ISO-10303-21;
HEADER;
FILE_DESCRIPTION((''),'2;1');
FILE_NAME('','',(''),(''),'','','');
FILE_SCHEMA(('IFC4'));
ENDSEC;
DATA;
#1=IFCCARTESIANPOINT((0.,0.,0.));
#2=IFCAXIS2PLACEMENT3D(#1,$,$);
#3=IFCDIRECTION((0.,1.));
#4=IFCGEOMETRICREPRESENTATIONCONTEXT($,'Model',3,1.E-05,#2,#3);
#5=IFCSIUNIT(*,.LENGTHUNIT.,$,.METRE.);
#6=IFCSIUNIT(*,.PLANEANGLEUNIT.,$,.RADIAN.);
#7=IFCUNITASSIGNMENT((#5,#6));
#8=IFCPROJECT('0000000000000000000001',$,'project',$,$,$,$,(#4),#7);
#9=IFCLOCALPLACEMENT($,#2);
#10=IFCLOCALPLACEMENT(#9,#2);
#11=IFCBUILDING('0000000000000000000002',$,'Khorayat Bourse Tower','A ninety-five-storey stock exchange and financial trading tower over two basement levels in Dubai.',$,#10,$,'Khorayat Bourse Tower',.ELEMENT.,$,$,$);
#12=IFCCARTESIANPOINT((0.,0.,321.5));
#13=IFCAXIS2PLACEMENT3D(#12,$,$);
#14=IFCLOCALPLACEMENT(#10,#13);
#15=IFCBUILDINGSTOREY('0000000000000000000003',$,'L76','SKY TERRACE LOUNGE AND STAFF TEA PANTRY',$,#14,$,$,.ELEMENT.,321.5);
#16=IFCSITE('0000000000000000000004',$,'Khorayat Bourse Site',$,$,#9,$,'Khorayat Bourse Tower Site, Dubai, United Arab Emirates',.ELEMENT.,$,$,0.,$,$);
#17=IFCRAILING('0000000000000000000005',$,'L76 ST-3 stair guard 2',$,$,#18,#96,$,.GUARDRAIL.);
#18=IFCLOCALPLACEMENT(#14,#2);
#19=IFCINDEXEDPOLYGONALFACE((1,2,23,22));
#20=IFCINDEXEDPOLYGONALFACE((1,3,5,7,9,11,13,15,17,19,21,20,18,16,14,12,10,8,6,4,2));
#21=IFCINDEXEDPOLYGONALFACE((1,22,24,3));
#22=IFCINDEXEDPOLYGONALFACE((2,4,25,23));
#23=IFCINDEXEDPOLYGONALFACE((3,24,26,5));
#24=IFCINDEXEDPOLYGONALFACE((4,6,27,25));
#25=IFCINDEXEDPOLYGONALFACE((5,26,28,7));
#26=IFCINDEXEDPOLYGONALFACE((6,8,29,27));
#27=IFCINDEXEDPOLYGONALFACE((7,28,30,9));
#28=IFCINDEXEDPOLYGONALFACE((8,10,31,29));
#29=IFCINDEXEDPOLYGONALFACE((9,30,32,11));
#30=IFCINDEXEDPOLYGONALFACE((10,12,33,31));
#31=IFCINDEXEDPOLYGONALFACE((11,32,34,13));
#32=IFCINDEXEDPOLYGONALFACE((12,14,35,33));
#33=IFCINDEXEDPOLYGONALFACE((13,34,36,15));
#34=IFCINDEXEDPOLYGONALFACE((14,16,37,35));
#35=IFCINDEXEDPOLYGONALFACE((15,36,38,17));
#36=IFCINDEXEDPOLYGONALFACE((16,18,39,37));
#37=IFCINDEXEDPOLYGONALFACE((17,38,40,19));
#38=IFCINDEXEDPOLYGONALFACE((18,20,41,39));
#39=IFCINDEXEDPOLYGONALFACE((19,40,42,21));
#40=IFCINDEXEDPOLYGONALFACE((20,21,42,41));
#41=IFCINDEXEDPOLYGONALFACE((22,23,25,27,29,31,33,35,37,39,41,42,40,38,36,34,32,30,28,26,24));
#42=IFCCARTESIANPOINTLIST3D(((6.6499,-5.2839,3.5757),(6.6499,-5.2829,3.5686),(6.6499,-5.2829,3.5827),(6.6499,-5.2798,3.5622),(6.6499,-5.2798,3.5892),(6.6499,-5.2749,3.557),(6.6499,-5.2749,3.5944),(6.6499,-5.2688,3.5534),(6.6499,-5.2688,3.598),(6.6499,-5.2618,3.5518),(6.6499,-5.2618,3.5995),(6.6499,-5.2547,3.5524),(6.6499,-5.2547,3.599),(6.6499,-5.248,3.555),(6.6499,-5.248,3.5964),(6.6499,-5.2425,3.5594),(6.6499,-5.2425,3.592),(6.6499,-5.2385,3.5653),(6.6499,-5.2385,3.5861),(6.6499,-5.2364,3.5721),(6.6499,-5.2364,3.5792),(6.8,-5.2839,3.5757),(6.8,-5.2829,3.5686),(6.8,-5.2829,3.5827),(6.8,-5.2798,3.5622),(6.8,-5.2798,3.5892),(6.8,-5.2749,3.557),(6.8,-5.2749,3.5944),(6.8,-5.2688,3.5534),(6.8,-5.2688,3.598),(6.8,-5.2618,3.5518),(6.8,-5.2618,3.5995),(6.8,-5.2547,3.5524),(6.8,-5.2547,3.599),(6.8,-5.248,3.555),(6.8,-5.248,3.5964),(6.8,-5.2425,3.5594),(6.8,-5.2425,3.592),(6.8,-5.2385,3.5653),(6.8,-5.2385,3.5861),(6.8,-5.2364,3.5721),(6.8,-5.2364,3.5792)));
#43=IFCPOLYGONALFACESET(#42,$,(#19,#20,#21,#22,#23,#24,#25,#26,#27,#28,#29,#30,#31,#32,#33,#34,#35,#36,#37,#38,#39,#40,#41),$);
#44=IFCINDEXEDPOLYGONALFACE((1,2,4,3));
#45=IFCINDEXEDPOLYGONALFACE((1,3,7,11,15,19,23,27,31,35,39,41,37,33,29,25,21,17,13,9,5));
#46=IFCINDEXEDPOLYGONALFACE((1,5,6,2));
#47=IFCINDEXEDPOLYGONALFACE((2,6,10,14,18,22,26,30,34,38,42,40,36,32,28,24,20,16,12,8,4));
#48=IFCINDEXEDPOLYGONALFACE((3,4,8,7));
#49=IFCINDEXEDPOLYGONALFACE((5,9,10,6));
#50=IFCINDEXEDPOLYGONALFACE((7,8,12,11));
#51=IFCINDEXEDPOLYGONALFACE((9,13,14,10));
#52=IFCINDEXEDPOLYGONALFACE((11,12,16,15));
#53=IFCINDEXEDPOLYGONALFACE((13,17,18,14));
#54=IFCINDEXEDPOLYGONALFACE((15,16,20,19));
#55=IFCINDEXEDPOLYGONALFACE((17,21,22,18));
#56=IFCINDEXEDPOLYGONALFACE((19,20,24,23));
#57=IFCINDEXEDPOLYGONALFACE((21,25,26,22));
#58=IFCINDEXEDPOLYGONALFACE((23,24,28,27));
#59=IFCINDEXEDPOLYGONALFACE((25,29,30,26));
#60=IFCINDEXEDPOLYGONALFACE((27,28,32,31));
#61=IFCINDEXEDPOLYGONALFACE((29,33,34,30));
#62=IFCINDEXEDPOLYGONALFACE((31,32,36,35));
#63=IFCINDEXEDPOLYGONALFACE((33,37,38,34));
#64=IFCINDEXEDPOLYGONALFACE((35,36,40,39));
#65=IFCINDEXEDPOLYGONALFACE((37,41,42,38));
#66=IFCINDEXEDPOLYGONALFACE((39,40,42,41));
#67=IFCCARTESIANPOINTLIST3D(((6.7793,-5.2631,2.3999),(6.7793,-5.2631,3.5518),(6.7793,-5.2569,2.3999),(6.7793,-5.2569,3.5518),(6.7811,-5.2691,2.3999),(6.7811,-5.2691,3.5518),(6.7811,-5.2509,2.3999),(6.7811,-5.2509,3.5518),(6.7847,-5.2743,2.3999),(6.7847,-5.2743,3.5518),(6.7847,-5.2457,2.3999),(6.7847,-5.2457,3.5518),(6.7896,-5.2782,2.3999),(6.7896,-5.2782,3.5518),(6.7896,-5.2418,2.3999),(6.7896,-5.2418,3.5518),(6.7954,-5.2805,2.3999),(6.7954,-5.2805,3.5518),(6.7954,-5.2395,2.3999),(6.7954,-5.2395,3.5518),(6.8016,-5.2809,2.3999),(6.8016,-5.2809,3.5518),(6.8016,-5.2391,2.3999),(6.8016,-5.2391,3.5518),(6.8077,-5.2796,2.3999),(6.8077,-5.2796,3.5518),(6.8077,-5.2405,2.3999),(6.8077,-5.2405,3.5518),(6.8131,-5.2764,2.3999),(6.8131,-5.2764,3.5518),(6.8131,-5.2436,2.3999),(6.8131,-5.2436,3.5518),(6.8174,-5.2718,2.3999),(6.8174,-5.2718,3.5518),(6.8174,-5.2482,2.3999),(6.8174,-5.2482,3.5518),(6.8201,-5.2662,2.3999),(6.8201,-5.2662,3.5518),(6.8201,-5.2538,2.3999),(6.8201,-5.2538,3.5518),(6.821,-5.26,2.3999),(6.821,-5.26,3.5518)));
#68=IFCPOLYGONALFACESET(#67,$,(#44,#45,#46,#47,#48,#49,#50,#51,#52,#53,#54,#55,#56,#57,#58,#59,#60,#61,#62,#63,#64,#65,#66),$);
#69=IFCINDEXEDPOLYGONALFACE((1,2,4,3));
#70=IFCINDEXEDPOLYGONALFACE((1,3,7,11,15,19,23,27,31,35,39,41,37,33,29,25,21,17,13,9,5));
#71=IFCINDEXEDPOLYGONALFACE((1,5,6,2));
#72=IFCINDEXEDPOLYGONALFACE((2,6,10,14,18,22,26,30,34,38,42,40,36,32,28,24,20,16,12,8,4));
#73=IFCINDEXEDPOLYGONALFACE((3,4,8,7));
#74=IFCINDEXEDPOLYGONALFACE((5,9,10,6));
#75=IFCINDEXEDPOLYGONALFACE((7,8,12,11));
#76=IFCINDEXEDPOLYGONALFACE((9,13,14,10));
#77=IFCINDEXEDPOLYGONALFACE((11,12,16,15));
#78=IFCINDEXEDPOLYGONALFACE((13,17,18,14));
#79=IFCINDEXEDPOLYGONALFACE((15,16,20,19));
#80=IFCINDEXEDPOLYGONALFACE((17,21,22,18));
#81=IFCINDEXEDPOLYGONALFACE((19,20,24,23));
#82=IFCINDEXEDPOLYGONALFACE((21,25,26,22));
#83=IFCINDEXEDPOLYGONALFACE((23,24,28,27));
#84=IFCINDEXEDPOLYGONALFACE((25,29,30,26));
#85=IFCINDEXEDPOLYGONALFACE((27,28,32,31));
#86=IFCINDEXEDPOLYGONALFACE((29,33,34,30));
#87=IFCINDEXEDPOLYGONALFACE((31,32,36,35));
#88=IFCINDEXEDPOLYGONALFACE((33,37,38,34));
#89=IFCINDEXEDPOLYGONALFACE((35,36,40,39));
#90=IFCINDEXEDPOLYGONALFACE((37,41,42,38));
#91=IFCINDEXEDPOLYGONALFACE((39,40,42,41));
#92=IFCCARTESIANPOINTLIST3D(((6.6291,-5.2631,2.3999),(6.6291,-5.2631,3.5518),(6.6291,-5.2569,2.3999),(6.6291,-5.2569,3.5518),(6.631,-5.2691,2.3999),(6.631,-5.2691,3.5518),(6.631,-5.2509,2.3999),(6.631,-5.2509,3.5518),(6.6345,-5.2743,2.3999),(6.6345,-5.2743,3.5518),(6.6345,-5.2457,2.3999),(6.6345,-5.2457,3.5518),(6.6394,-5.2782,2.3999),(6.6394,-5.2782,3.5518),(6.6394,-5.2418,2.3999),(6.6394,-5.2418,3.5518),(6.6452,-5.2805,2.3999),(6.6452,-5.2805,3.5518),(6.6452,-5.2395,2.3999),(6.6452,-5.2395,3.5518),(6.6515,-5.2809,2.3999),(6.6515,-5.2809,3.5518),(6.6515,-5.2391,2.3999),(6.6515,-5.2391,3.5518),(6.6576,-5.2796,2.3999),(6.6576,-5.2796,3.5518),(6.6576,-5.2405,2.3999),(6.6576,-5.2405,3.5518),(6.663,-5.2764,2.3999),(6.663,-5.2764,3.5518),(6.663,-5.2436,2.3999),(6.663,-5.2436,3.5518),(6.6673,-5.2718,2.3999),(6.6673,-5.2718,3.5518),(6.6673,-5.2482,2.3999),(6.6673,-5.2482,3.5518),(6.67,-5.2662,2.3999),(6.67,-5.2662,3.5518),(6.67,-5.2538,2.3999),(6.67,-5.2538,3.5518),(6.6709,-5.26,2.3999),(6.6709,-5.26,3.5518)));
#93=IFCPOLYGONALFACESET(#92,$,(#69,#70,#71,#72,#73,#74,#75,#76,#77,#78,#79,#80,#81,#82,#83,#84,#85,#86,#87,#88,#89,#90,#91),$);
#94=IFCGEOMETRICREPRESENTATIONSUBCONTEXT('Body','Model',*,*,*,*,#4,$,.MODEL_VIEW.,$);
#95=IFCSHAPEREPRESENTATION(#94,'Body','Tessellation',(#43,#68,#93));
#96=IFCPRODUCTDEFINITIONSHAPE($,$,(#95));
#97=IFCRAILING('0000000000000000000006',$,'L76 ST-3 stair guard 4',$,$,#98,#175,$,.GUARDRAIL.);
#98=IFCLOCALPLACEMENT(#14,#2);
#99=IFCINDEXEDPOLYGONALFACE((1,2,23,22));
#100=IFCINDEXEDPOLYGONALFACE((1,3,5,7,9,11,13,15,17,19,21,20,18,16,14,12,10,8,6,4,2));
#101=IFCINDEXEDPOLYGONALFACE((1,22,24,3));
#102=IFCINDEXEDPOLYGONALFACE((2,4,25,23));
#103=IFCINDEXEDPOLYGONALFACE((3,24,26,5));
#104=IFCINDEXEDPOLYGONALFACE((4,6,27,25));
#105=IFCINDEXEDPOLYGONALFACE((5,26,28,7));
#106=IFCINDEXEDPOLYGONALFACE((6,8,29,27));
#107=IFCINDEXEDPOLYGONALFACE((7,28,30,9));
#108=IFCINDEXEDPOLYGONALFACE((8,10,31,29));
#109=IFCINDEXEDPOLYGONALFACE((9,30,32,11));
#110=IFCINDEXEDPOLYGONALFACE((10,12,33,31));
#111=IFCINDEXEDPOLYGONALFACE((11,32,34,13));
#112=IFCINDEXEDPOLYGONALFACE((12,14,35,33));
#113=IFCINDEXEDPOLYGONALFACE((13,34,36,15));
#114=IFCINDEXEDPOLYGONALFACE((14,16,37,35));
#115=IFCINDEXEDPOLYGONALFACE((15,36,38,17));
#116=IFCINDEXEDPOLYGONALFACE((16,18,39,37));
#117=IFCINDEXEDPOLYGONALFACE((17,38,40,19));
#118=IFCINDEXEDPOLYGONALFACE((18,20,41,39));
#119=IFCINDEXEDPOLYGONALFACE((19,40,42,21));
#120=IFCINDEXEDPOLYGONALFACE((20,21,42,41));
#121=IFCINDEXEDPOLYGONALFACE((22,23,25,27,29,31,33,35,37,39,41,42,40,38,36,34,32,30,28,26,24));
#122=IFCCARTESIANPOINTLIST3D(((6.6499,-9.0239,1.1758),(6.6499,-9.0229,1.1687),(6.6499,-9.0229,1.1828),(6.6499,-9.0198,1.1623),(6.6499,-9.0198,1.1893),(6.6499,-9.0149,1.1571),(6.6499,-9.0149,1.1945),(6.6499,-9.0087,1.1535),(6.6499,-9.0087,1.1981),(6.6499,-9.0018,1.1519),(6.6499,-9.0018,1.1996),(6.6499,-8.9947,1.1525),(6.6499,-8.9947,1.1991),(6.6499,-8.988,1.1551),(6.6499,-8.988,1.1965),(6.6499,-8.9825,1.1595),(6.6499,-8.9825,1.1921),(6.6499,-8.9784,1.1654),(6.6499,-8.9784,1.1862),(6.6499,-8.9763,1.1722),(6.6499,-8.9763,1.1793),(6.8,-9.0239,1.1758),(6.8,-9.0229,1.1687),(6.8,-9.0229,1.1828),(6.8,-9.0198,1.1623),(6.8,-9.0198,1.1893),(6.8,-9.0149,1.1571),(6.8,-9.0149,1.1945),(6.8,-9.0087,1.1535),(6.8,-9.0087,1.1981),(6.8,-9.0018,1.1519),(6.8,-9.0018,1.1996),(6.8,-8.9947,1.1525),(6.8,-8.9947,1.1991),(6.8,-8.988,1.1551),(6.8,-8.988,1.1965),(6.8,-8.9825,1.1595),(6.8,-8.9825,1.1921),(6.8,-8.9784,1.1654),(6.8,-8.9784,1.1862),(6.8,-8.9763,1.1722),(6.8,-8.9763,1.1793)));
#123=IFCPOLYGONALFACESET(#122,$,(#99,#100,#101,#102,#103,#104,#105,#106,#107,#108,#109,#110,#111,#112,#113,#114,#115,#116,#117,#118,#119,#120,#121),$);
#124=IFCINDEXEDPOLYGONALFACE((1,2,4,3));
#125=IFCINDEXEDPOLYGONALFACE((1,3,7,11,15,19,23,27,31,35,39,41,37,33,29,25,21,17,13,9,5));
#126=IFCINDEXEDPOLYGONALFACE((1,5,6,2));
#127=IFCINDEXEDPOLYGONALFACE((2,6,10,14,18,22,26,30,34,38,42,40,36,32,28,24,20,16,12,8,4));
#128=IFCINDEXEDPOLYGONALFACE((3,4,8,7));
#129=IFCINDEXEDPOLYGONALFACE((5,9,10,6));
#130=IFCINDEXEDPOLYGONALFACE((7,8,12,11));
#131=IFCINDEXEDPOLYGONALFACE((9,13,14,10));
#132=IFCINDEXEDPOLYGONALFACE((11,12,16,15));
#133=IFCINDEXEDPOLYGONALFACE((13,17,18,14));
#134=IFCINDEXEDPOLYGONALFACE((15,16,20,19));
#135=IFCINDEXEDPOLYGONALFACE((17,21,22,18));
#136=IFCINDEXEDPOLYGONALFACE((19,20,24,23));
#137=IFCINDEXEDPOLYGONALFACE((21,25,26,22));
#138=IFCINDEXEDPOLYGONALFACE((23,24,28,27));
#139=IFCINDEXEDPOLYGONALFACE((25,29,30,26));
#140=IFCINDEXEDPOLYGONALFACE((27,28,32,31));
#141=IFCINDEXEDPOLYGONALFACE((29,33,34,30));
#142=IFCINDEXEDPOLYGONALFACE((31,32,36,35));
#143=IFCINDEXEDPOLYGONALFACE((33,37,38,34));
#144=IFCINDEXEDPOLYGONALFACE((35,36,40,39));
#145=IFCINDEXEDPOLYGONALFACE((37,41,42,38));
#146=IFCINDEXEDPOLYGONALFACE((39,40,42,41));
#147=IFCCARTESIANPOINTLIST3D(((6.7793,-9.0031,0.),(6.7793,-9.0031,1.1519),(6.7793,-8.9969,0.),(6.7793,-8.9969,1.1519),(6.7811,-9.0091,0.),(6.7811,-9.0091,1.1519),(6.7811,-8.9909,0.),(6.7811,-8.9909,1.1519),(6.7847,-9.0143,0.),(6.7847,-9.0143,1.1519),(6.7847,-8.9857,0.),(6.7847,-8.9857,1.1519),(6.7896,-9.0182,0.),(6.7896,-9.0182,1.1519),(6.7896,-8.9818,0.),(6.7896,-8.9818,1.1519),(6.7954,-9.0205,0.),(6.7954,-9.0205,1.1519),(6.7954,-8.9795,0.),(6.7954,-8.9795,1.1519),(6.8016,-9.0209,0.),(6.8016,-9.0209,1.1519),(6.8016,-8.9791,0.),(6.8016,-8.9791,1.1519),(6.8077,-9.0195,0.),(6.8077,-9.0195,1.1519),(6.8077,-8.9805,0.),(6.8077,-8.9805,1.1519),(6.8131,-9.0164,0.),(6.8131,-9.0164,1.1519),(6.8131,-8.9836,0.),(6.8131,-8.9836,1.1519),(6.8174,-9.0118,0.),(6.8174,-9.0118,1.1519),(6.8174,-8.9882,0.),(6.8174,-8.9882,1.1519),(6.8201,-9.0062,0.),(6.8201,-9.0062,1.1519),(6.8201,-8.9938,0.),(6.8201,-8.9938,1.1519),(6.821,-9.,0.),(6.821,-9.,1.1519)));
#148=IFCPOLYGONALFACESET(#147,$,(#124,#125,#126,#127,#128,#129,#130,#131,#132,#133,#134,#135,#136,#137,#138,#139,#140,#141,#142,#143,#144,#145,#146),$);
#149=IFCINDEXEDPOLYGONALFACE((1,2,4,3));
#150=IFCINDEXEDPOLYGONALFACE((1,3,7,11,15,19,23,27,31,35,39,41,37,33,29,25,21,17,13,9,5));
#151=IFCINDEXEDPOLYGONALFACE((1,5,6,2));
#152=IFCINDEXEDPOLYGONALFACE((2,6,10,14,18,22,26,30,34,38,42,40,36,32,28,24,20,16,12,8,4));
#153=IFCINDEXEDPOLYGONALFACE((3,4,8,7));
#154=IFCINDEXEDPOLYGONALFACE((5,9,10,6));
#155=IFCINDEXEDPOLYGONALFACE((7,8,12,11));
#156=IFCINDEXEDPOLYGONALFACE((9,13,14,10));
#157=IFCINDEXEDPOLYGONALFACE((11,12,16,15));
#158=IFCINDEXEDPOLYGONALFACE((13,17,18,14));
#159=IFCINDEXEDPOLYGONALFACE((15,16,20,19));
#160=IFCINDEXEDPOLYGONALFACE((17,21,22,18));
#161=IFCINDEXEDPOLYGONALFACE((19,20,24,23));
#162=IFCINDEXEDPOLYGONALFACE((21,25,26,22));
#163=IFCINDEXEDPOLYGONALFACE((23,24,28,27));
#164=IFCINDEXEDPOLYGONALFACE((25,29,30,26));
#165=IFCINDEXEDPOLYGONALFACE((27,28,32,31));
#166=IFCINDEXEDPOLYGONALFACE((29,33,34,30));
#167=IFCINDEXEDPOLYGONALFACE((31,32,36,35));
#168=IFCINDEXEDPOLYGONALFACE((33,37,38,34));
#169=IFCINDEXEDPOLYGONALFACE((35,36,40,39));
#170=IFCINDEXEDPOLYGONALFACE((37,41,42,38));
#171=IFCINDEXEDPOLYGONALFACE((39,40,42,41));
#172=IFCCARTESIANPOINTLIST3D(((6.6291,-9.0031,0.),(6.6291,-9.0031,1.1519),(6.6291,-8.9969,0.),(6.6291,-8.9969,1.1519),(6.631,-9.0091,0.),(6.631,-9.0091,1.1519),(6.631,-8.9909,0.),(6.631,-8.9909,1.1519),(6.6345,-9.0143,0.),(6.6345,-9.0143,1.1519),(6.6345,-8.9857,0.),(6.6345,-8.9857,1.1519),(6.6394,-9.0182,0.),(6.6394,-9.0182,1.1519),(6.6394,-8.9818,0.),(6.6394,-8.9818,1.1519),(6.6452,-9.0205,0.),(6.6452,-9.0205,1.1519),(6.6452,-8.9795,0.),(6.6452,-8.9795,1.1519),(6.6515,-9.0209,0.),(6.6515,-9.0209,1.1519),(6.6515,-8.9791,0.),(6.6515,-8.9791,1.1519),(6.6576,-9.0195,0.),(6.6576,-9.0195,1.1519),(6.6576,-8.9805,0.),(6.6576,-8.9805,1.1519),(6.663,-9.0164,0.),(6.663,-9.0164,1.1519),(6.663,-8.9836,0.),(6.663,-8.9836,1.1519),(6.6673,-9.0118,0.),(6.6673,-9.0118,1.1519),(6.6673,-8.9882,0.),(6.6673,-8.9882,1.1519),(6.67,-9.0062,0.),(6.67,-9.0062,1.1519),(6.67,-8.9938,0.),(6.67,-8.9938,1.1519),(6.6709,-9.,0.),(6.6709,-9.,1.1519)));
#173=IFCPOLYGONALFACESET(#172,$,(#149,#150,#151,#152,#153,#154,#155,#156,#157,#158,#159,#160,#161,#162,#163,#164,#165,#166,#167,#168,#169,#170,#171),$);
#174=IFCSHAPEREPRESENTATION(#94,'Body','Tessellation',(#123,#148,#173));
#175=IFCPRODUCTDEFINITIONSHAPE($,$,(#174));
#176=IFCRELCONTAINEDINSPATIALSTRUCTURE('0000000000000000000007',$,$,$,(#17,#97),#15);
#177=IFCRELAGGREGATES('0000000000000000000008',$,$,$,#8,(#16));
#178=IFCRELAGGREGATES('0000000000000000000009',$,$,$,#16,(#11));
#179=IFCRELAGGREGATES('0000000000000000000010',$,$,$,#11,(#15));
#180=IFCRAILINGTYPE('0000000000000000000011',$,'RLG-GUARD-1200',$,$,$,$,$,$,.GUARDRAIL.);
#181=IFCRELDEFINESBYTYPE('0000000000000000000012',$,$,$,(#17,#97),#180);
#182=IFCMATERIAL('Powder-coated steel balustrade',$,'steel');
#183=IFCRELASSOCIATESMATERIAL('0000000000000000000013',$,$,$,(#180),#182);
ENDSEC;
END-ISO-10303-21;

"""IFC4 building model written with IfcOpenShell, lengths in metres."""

from ifc_helpers import new_model, si_unit, direction, frame, origin, origin_2d, place, context, subcontext, project, spatial, circle, extrude, source, transform, mapped, material, type_object, element, save


model = new_model("IFC4")

# Units and contexts
model_context = context("Model", 3, precision=1e-05, world=origin(), true_north=direction((0.0, 1.0)))
body_context = subcontext(model_context, "Body", "Model", "MODEL_VIEW")
ifc_project = project(units=[si_unit("LENGTHUNIT", "METRE"), si_unit("PLANEANGLEUNIT", "RADIAN")], contexts=[model_context])

# Site, building, storey
site_placement = place(None, origin())
site = spatial("IfcSite", under=ifc_project, at=site_placement, Name="Khorayat Bourse Site", LongName="Khorayat Bourse Tower Site, Dubai, United Arab Emirates", CompositionType="ELEMENT", RefElevation=0.0)
building_placement = place(site_placement, origin())
building = spatial("IfcBuilding", under=site, at=building_placement, Name="Khorayat Bourse Tower", Description="A ninety-five-storey stock exchange and financial trading tower over two basement levels in Dubai.", LongName="Khorayat Bourse Tower", CompositionType="ELEMENT")
storey_placement = place(building_placement, frame((0.0, 0.0, 321.5)))
storey = spatial("IfcBuildingStorey", under=building, at=storey_placement, Name="L76", Description="SKY TERRACE LOUNGE AND STAFF TEA PANTRY", CompositionType="ELEMENT", Elevation=321.5)

# Railings
ifc_material_1 = material(Name="Powder-coated steel balustrade", Category="steel")
railing_type_1 = type_object("IfcRailingType", Name="RLG-GUARD-1200", PredefinedType="GUARDRAIL", material=ifc_material_1)
shared_shape_1 = source(origin(), body_context, "Body", "SweptSolid", [
    extrude(circle(Radius=0.0239, at=origin_2d()), frame((0.0, 0.0, 1.1758), z_axis=(-1.0, 0.0, 0.0), x_axis=(0.0, -1.0, 0.0)), (0.0, 0.0, 1.0), 0.1501),
    extrude(circle(Radius=0.021, at=origin_2d()), origin(), (0.0, 0.0, 1.0), 1.1519),
    extrude(circle(Radius=0.021, at=origin_2d()), frame((-0.1501, 0.0, 0.0)), (0.0, 0.0, 1.0), 1.1519),
])
for number, where, name in (
    (1, (6.8, -5.26, 2.3999), "L76 ST-3 stair guard 2"),
    (2, (6.8, -9.0, 0.0), "L76 ST-3 stair guard 4"),
):
    element("IfcRailing", number, at=place(storey_placement, frame(where)), inside=storey, type_object=railing_type_1, Name=name, PredefinedType="GUARDRAIL", context=body_context, shape_type="MappedRepresentation", body=[
        mapped(shared_shape_1, transform((0.0, 0.0, 0.0), scale=1.0)),
    ])

save(model, "model.ifc")
